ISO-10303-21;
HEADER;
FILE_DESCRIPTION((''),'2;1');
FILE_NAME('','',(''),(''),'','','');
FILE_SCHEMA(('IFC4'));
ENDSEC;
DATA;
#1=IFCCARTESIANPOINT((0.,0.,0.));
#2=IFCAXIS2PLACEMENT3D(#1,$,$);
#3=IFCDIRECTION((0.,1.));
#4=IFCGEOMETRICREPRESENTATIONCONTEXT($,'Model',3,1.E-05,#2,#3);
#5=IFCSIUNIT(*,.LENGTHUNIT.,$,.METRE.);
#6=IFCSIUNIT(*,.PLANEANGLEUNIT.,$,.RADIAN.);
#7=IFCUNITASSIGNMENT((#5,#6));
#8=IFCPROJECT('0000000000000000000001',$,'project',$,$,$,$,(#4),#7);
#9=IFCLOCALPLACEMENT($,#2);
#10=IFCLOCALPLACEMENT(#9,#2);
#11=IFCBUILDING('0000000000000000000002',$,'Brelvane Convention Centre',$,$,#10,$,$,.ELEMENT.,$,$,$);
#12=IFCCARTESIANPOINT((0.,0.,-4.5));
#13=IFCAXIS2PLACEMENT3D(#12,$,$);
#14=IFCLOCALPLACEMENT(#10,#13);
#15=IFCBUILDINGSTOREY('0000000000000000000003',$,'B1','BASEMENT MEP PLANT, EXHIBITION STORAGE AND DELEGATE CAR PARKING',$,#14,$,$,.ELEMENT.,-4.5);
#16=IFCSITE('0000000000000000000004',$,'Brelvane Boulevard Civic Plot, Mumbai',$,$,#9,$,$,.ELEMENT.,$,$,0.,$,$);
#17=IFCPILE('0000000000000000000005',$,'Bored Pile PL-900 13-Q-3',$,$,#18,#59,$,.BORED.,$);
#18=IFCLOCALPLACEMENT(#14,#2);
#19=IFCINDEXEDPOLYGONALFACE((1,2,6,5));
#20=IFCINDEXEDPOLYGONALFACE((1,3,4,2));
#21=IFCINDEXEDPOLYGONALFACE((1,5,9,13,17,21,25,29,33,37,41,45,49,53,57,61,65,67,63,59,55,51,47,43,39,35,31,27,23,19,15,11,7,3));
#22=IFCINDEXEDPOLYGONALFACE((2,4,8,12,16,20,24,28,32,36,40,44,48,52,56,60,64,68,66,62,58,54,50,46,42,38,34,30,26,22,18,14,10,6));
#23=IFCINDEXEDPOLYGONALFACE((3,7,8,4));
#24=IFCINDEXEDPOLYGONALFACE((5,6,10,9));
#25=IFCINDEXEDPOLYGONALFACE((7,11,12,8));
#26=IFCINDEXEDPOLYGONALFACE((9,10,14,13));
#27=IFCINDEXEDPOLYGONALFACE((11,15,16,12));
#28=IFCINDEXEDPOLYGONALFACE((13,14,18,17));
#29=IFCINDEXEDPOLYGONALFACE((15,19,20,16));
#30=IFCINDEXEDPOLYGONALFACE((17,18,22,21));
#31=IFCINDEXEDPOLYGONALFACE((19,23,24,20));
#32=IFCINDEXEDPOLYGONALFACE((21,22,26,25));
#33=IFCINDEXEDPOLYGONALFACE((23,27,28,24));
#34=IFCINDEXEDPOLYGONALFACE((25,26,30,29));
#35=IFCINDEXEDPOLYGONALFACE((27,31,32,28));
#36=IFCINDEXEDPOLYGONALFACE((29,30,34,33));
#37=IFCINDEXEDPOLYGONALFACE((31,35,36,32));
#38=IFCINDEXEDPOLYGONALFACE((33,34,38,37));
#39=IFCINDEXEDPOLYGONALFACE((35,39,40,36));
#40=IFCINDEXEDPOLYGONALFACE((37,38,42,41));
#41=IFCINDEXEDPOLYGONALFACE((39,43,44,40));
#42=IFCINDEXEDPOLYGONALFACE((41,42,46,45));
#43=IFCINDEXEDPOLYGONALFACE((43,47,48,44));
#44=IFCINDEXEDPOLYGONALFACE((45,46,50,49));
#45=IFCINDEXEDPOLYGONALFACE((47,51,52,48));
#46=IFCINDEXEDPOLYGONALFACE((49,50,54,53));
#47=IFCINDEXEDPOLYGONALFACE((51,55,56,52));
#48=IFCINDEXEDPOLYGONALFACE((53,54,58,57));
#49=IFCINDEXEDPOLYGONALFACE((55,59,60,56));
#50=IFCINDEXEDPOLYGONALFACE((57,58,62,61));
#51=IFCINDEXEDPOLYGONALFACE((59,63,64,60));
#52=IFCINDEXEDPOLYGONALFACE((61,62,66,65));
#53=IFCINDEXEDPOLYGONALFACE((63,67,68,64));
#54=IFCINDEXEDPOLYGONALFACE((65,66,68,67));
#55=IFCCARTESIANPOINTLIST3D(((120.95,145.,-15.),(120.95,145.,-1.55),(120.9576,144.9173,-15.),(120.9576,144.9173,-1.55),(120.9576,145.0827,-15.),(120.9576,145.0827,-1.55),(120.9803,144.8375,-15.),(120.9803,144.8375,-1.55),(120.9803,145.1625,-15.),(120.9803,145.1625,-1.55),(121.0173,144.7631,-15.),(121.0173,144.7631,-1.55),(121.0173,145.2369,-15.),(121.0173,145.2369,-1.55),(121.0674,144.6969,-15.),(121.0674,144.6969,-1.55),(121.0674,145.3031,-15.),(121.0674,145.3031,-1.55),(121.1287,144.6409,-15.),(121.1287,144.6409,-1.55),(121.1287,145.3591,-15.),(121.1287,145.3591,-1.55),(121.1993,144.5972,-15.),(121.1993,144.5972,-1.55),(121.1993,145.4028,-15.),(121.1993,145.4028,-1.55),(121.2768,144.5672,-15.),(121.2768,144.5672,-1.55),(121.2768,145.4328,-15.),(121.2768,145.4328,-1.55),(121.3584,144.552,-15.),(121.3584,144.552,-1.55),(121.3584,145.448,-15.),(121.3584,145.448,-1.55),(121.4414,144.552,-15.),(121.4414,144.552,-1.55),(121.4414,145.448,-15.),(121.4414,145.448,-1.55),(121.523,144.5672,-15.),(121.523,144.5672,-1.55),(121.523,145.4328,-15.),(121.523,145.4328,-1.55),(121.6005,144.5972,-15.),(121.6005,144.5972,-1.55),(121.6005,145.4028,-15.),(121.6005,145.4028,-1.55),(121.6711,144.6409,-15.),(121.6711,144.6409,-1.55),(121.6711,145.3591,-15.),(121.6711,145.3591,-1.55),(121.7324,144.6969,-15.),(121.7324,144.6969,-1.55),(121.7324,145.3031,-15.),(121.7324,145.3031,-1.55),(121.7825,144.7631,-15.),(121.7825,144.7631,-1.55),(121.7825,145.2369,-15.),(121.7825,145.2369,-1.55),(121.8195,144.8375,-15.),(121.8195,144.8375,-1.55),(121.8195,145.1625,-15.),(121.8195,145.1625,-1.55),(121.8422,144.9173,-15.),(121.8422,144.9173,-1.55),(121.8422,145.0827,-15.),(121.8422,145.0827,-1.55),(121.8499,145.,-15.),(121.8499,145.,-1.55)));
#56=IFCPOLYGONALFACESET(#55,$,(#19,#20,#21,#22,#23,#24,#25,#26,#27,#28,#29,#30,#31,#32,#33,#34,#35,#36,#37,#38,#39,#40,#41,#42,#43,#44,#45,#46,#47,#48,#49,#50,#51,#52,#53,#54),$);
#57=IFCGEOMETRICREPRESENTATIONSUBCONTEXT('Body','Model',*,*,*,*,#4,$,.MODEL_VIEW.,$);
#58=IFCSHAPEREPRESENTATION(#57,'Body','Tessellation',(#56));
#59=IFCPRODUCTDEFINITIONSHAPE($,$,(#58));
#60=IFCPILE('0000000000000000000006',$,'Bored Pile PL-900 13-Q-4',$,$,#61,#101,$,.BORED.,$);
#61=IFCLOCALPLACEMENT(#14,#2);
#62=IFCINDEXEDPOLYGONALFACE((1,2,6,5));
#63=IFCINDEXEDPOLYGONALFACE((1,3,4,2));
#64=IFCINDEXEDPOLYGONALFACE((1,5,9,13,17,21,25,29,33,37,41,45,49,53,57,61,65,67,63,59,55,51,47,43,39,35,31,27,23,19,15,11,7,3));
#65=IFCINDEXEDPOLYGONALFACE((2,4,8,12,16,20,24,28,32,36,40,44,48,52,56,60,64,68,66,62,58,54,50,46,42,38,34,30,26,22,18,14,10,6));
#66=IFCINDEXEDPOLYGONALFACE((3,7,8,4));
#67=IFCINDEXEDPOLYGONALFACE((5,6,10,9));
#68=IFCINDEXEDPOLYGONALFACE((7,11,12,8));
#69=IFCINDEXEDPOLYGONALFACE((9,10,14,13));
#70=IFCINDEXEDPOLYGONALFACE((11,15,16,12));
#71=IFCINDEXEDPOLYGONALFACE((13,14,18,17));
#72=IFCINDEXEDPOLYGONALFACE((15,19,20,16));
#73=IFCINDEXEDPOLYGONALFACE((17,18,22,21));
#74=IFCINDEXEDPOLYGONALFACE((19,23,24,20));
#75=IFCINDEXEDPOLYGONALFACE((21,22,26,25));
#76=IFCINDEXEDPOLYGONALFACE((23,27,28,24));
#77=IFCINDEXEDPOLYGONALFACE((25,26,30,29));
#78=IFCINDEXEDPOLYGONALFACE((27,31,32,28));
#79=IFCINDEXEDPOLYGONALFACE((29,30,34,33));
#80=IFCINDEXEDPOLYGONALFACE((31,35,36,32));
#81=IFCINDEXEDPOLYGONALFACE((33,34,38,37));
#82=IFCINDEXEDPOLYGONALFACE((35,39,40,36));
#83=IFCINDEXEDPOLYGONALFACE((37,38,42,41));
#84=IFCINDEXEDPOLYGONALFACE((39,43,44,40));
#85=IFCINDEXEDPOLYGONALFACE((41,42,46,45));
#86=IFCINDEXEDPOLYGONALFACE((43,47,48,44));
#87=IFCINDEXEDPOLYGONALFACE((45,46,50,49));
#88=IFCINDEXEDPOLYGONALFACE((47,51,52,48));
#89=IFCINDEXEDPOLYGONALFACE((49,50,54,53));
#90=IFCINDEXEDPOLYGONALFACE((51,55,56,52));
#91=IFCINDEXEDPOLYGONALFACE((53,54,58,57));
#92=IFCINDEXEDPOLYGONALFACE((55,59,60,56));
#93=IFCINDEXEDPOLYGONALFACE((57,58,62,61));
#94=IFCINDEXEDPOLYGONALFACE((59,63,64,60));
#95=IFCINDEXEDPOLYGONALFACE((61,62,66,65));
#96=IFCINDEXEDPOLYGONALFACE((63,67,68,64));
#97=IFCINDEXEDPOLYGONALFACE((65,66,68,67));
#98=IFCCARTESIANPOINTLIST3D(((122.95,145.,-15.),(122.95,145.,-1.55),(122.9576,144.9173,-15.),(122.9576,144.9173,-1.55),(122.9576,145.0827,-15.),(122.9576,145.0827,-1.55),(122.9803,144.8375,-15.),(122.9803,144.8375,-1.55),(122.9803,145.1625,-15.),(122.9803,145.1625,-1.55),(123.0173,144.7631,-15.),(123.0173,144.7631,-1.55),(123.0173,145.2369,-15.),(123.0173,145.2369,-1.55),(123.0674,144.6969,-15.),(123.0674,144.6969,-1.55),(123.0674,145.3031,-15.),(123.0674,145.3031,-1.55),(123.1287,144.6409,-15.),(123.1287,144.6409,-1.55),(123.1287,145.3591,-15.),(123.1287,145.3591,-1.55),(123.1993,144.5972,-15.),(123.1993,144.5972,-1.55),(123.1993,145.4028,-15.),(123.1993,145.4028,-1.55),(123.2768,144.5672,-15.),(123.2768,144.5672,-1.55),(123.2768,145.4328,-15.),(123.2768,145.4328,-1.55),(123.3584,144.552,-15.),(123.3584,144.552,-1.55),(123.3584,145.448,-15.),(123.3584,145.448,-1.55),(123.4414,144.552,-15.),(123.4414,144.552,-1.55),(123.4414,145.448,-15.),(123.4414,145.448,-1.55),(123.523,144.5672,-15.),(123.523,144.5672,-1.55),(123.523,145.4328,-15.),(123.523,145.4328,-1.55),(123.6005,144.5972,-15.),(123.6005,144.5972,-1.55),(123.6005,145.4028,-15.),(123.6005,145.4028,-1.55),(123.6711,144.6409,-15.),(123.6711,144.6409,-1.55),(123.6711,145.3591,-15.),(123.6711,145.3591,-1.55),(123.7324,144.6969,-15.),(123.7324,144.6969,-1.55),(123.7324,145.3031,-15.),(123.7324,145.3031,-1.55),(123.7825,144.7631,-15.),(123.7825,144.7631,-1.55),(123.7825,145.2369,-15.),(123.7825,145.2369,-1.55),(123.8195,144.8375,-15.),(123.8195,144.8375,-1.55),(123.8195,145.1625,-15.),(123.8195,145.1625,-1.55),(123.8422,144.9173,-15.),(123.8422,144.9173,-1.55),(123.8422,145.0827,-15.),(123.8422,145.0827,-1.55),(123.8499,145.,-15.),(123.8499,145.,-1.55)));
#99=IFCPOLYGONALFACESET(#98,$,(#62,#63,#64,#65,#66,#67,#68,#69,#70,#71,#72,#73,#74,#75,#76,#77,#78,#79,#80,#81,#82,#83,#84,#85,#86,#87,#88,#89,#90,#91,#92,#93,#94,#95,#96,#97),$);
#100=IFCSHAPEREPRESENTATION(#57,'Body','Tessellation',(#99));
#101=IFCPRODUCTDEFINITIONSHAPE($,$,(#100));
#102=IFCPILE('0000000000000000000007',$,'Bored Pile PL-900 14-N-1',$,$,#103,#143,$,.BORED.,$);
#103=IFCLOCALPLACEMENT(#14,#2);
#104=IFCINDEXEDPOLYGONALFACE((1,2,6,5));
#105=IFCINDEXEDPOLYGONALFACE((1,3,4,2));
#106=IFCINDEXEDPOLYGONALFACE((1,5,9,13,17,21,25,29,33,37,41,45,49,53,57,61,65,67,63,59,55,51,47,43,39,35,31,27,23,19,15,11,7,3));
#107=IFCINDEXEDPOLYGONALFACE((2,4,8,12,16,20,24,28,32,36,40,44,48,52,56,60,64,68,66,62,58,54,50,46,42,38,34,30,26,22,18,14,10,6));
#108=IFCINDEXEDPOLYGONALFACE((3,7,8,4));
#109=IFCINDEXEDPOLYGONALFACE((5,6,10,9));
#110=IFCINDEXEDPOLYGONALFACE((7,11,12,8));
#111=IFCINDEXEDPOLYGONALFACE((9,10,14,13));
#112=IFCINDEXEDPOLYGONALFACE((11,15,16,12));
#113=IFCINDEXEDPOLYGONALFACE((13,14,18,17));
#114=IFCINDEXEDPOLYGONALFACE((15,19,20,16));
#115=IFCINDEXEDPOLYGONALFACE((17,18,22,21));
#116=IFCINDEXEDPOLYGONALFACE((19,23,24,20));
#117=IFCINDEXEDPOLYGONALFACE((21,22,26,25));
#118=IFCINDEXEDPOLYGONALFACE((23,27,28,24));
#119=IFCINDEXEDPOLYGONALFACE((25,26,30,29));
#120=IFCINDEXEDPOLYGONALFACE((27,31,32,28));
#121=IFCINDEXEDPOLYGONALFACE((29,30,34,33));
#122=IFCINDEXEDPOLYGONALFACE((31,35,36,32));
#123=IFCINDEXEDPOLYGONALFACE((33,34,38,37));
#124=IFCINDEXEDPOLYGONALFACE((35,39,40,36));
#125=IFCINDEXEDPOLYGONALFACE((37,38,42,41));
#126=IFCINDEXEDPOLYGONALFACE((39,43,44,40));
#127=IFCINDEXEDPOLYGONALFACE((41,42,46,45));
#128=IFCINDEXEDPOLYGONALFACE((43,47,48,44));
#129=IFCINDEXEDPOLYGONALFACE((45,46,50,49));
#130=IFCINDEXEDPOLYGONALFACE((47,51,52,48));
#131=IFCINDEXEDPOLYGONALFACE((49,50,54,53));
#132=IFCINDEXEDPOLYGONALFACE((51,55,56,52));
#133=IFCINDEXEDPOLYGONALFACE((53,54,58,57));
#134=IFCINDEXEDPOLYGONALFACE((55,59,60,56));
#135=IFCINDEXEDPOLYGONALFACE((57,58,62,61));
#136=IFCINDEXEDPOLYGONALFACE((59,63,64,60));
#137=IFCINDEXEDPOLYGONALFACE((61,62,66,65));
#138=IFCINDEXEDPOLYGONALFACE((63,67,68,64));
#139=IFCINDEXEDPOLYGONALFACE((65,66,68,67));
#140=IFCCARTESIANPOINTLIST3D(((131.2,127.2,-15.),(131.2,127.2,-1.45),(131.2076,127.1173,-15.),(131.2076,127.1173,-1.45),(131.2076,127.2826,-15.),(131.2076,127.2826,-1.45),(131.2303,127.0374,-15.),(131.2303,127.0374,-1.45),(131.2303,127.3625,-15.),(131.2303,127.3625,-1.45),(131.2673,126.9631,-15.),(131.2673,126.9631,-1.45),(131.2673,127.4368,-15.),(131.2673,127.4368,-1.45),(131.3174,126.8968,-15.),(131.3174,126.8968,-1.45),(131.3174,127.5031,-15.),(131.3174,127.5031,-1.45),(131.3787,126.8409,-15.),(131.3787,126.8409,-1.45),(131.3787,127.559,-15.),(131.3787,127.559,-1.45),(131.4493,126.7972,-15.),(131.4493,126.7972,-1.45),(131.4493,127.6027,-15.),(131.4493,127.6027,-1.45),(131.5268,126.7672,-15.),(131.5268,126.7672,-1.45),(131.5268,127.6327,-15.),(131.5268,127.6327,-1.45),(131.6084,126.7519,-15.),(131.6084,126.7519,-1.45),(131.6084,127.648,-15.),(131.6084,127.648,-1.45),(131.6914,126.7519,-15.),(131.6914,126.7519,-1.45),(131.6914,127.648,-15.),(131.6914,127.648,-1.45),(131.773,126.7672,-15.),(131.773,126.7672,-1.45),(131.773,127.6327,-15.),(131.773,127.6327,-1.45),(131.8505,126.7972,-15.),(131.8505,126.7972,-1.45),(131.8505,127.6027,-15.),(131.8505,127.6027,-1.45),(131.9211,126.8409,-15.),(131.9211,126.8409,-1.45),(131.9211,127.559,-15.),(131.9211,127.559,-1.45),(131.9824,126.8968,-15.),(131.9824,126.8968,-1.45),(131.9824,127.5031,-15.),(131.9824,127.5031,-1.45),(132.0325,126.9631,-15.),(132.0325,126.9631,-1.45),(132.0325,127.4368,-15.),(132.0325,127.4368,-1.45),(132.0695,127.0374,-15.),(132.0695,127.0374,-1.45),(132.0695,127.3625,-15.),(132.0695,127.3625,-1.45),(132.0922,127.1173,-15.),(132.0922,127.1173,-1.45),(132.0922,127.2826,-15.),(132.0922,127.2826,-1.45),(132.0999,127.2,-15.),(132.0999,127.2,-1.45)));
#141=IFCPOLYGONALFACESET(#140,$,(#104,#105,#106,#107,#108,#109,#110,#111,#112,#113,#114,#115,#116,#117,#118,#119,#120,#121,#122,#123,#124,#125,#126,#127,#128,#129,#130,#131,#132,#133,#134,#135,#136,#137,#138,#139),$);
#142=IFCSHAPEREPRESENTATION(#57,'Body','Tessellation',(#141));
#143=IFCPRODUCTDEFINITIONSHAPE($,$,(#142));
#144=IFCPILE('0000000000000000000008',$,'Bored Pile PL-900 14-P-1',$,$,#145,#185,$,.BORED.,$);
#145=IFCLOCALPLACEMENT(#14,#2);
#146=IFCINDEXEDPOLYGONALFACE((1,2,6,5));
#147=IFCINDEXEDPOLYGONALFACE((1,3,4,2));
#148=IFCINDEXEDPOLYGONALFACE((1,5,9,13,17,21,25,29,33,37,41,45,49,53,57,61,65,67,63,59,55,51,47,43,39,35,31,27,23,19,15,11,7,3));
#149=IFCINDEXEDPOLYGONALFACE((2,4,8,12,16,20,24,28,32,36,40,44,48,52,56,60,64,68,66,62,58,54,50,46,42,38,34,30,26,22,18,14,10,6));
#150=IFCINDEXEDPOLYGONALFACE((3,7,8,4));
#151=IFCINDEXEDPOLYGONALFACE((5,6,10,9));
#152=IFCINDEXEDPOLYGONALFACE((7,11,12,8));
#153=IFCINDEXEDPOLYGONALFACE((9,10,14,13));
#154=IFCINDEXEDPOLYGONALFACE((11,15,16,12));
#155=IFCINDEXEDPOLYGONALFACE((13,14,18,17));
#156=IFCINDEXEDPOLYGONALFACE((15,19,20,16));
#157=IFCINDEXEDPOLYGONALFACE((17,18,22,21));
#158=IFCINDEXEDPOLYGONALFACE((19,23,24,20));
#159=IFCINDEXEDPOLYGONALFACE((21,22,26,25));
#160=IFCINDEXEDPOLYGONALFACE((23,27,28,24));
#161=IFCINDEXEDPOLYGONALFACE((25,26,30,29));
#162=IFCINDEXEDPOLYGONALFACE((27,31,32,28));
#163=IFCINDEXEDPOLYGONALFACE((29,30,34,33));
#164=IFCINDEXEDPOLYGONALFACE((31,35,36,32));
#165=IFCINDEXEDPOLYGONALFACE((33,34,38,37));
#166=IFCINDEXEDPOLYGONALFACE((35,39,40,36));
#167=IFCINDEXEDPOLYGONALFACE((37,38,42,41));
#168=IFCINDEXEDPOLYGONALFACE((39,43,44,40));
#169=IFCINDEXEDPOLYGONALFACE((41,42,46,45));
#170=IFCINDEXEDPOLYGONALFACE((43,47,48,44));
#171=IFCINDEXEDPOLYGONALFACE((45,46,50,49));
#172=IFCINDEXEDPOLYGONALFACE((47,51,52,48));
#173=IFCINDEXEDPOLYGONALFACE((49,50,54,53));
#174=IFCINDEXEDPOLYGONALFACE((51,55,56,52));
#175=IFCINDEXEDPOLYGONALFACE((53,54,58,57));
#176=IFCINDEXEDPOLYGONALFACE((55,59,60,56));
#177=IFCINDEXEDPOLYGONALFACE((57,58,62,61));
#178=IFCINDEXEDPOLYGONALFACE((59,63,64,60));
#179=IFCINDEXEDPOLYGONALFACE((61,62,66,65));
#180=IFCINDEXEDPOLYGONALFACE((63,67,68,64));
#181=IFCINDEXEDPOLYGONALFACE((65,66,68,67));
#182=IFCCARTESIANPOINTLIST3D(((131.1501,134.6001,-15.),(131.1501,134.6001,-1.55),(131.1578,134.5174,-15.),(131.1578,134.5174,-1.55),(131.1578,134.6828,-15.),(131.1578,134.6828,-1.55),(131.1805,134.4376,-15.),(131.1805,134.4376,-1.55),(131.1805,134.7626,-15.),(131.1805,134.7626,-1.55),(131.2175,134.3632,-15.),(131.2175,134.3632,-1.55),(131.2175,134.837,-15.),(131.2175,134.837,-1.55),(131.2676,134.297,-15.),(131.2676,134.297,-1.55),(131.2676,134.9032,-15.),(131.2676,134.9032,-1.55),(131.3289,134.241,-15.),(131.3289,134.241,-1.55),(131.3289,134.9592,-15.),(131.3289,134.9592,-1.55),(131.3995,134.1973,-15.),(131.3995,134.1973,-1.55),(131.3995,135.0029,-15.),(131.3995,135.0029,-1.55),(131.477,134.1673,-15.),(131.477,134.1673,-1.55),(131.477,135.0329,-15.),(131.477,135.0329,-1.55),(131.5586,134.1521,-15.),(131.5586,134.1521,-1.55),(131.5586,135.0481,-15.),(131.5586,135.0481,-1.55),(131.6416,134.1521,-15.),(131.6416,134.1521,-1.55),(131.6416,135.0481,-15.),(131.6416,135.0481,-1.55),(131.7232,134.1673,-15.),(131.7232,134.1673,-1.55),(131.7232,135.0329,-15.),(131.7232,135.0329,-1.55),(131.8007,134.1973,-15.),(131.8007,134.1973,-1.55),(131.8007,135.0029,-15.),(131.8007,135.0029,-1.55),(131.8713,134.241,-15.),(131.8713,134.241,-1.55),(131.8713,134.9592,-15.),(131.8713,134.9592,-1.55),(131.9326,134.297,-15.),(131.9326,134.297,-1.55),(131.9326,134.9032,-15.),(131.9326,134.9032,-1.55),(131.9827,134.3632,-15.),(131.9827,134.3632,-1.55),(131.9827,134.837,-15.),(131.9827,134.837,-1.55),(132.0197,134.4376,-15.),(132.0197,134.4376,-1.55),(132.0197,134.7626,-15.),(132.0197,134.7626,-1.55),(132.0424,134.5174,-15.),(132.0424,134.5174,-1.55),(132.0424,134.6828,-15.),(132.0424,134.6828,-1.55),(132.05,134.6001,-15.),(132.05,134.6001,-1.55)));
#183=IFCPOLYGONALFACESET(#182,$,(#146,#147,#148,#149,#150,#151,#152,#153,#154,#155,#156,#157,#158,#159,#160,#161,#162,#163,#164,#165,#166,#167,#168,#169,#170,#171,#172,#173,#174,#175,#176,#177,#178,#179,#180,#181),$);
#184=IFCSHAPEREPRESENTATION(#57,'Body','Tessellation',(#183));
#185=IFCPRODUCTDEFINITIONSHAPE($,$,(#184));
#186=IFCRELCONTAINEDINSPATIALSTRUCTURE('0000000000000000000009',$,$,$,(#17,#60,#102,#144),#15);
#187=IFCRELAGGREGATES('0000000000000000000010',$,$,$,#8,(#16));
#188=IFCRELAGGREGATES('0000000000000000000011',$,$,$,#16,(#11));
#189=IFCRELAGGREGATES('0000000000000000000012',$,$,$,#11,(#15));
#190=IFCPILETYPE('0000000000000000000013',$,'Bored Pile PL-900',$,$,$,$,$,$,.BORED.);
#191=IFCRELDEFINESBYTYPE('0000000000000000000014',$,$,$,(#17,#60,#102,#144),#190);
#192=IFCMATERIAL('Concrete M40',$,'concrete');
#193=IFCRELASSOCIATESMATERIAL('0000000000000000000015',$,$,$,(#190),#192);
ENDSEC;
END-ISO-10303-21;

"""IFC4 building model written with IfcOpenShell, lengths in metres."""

from ifc_helpers import new_model, si_unit, direction, frame, origin, origin_2d, place, context, subcontext, project, spatial, circle, extrude, material, material_profile, profile_set, type_object, element, save


model = new_model("IFC4")

# Units and contexts
model_context = context("Model", 3, precision=1e-05, world=origin(), true_north=direction((0.0, 1.0)))
body_context = subcontext(model_context, "Body", "Model", "MODEL_VIEW")
ifc_project = project(units=[si_unit("LENGTHUNIT", "METRE"), si_unit("PLANEANGLEUNIT", "RADIAN")], contexts=[model_context])

# Site, building, storey
site_placement = place(None, origin())
site = spatial("IfcSite", under=ifc_project, at=site_placement, Name="Brelvane Boulevard Civic Plot, Mumbai", CompositionType="ELEMENT", RefElevation=0.0)
building_placement = place(site_placement, origin())
building = spatial("IfcBuilding", under=site, at=building_placement, Name="Brelvane Convention Centre", CompositionType="ELEMENT")
storey_placement = place(building_placement, frame((0.0, 0.0, -4.5)))
storey = spatial("IfcBuildingStorey", under=building, at=storey_placement, Name="B1", Description="BASEMENT MEP PLANT, EXHIBITION STORAGE AND DELEGATE CAR PARKING", CompositionType="ELEMENT", Elevation=-4.5)

# Piles
ifc_material_1 = material(Name="Concrete M40", Category="concrete")
ifc_material_profile_1 = material_profile(ifc_material_1, circle(Radius=0.45, at=origin_2d()), Name="PILE D900")
ifc_profile_set_1 = profile_set([ifc_material_profile_1], Name="Concrete M40")
pile_type = type_object("IfcPileType", Name="Bored Pile PL-900", PredefinedType="BORED", material=ifc_profile_set_1)
for number, where, z_axis, x_axis, name in (
    (1, (121.3999, 145.0, -1.55), (0.0, 0.0, -1.0), (1.0, 0.0, 0.0), "Bored Pile PL-900 13-Q-3"),
    (2, (123.3999, 145.0, -1.55), (0.0, 0.0, -1.0), (1.0, 0.0, 0.0), "Bored Pile PL-900 13-Q-4"),
):
    element("IfcPile", number, at=place(storey_placement, frame(where, z_axis=z_axis, x_axis=x_axis)), inside=storey, type_object=pile_type, Name=name, PredefinedType="BORED", context=body_context, shape_type="SweptSolid", body=[
        extrude(circle(Radius=0.45, at=origin_2d()), origin(), (0.0, 0.0, 1.0), 13.45),
    ])
pile_placement = place(storey_placement, frame((131.6499, 127.2, -1.45), z_axis=(0.0, 0.0, -1.0), x_axis=(1.0, 0.0, 0.0)))
element("IfcPile", 3, at=pile_placement, inside=storey, type_object=pile_type, Name="Bored Pile PL-900 14-N-1", PredefinedType="BORED", context=body_context, shape_type="SweptSolid", body=[
    extrude(circle(Radius=0.45, at=origin_2d()), origin(), (0.0, 0.0, 1.0), 13.55),
])
for number, where, z_axis, x_axis, name in (
    (4, (131.6001, 134.6001, -1.55), (0.0, 0.0, -1.0), (1.0, 0.0, 0.0), "Bored Pile PL-900 14-P-1"),
):
    element("IfcPile", number, at=place(storey_placement, frame(where, z_axis=z_axis, x_axis=x_axis)), inside=storey, type_object=pile_type, Name=name, PredefinedType="BORED", context=body_context, shape_type="SweptSolid", body=[
        extrude(circle(Radius=0.45, at=origin_2d()), origin(), (0.0, 0.0, 1.0), 13.45),
    ])

save(model, "model.ifc")
